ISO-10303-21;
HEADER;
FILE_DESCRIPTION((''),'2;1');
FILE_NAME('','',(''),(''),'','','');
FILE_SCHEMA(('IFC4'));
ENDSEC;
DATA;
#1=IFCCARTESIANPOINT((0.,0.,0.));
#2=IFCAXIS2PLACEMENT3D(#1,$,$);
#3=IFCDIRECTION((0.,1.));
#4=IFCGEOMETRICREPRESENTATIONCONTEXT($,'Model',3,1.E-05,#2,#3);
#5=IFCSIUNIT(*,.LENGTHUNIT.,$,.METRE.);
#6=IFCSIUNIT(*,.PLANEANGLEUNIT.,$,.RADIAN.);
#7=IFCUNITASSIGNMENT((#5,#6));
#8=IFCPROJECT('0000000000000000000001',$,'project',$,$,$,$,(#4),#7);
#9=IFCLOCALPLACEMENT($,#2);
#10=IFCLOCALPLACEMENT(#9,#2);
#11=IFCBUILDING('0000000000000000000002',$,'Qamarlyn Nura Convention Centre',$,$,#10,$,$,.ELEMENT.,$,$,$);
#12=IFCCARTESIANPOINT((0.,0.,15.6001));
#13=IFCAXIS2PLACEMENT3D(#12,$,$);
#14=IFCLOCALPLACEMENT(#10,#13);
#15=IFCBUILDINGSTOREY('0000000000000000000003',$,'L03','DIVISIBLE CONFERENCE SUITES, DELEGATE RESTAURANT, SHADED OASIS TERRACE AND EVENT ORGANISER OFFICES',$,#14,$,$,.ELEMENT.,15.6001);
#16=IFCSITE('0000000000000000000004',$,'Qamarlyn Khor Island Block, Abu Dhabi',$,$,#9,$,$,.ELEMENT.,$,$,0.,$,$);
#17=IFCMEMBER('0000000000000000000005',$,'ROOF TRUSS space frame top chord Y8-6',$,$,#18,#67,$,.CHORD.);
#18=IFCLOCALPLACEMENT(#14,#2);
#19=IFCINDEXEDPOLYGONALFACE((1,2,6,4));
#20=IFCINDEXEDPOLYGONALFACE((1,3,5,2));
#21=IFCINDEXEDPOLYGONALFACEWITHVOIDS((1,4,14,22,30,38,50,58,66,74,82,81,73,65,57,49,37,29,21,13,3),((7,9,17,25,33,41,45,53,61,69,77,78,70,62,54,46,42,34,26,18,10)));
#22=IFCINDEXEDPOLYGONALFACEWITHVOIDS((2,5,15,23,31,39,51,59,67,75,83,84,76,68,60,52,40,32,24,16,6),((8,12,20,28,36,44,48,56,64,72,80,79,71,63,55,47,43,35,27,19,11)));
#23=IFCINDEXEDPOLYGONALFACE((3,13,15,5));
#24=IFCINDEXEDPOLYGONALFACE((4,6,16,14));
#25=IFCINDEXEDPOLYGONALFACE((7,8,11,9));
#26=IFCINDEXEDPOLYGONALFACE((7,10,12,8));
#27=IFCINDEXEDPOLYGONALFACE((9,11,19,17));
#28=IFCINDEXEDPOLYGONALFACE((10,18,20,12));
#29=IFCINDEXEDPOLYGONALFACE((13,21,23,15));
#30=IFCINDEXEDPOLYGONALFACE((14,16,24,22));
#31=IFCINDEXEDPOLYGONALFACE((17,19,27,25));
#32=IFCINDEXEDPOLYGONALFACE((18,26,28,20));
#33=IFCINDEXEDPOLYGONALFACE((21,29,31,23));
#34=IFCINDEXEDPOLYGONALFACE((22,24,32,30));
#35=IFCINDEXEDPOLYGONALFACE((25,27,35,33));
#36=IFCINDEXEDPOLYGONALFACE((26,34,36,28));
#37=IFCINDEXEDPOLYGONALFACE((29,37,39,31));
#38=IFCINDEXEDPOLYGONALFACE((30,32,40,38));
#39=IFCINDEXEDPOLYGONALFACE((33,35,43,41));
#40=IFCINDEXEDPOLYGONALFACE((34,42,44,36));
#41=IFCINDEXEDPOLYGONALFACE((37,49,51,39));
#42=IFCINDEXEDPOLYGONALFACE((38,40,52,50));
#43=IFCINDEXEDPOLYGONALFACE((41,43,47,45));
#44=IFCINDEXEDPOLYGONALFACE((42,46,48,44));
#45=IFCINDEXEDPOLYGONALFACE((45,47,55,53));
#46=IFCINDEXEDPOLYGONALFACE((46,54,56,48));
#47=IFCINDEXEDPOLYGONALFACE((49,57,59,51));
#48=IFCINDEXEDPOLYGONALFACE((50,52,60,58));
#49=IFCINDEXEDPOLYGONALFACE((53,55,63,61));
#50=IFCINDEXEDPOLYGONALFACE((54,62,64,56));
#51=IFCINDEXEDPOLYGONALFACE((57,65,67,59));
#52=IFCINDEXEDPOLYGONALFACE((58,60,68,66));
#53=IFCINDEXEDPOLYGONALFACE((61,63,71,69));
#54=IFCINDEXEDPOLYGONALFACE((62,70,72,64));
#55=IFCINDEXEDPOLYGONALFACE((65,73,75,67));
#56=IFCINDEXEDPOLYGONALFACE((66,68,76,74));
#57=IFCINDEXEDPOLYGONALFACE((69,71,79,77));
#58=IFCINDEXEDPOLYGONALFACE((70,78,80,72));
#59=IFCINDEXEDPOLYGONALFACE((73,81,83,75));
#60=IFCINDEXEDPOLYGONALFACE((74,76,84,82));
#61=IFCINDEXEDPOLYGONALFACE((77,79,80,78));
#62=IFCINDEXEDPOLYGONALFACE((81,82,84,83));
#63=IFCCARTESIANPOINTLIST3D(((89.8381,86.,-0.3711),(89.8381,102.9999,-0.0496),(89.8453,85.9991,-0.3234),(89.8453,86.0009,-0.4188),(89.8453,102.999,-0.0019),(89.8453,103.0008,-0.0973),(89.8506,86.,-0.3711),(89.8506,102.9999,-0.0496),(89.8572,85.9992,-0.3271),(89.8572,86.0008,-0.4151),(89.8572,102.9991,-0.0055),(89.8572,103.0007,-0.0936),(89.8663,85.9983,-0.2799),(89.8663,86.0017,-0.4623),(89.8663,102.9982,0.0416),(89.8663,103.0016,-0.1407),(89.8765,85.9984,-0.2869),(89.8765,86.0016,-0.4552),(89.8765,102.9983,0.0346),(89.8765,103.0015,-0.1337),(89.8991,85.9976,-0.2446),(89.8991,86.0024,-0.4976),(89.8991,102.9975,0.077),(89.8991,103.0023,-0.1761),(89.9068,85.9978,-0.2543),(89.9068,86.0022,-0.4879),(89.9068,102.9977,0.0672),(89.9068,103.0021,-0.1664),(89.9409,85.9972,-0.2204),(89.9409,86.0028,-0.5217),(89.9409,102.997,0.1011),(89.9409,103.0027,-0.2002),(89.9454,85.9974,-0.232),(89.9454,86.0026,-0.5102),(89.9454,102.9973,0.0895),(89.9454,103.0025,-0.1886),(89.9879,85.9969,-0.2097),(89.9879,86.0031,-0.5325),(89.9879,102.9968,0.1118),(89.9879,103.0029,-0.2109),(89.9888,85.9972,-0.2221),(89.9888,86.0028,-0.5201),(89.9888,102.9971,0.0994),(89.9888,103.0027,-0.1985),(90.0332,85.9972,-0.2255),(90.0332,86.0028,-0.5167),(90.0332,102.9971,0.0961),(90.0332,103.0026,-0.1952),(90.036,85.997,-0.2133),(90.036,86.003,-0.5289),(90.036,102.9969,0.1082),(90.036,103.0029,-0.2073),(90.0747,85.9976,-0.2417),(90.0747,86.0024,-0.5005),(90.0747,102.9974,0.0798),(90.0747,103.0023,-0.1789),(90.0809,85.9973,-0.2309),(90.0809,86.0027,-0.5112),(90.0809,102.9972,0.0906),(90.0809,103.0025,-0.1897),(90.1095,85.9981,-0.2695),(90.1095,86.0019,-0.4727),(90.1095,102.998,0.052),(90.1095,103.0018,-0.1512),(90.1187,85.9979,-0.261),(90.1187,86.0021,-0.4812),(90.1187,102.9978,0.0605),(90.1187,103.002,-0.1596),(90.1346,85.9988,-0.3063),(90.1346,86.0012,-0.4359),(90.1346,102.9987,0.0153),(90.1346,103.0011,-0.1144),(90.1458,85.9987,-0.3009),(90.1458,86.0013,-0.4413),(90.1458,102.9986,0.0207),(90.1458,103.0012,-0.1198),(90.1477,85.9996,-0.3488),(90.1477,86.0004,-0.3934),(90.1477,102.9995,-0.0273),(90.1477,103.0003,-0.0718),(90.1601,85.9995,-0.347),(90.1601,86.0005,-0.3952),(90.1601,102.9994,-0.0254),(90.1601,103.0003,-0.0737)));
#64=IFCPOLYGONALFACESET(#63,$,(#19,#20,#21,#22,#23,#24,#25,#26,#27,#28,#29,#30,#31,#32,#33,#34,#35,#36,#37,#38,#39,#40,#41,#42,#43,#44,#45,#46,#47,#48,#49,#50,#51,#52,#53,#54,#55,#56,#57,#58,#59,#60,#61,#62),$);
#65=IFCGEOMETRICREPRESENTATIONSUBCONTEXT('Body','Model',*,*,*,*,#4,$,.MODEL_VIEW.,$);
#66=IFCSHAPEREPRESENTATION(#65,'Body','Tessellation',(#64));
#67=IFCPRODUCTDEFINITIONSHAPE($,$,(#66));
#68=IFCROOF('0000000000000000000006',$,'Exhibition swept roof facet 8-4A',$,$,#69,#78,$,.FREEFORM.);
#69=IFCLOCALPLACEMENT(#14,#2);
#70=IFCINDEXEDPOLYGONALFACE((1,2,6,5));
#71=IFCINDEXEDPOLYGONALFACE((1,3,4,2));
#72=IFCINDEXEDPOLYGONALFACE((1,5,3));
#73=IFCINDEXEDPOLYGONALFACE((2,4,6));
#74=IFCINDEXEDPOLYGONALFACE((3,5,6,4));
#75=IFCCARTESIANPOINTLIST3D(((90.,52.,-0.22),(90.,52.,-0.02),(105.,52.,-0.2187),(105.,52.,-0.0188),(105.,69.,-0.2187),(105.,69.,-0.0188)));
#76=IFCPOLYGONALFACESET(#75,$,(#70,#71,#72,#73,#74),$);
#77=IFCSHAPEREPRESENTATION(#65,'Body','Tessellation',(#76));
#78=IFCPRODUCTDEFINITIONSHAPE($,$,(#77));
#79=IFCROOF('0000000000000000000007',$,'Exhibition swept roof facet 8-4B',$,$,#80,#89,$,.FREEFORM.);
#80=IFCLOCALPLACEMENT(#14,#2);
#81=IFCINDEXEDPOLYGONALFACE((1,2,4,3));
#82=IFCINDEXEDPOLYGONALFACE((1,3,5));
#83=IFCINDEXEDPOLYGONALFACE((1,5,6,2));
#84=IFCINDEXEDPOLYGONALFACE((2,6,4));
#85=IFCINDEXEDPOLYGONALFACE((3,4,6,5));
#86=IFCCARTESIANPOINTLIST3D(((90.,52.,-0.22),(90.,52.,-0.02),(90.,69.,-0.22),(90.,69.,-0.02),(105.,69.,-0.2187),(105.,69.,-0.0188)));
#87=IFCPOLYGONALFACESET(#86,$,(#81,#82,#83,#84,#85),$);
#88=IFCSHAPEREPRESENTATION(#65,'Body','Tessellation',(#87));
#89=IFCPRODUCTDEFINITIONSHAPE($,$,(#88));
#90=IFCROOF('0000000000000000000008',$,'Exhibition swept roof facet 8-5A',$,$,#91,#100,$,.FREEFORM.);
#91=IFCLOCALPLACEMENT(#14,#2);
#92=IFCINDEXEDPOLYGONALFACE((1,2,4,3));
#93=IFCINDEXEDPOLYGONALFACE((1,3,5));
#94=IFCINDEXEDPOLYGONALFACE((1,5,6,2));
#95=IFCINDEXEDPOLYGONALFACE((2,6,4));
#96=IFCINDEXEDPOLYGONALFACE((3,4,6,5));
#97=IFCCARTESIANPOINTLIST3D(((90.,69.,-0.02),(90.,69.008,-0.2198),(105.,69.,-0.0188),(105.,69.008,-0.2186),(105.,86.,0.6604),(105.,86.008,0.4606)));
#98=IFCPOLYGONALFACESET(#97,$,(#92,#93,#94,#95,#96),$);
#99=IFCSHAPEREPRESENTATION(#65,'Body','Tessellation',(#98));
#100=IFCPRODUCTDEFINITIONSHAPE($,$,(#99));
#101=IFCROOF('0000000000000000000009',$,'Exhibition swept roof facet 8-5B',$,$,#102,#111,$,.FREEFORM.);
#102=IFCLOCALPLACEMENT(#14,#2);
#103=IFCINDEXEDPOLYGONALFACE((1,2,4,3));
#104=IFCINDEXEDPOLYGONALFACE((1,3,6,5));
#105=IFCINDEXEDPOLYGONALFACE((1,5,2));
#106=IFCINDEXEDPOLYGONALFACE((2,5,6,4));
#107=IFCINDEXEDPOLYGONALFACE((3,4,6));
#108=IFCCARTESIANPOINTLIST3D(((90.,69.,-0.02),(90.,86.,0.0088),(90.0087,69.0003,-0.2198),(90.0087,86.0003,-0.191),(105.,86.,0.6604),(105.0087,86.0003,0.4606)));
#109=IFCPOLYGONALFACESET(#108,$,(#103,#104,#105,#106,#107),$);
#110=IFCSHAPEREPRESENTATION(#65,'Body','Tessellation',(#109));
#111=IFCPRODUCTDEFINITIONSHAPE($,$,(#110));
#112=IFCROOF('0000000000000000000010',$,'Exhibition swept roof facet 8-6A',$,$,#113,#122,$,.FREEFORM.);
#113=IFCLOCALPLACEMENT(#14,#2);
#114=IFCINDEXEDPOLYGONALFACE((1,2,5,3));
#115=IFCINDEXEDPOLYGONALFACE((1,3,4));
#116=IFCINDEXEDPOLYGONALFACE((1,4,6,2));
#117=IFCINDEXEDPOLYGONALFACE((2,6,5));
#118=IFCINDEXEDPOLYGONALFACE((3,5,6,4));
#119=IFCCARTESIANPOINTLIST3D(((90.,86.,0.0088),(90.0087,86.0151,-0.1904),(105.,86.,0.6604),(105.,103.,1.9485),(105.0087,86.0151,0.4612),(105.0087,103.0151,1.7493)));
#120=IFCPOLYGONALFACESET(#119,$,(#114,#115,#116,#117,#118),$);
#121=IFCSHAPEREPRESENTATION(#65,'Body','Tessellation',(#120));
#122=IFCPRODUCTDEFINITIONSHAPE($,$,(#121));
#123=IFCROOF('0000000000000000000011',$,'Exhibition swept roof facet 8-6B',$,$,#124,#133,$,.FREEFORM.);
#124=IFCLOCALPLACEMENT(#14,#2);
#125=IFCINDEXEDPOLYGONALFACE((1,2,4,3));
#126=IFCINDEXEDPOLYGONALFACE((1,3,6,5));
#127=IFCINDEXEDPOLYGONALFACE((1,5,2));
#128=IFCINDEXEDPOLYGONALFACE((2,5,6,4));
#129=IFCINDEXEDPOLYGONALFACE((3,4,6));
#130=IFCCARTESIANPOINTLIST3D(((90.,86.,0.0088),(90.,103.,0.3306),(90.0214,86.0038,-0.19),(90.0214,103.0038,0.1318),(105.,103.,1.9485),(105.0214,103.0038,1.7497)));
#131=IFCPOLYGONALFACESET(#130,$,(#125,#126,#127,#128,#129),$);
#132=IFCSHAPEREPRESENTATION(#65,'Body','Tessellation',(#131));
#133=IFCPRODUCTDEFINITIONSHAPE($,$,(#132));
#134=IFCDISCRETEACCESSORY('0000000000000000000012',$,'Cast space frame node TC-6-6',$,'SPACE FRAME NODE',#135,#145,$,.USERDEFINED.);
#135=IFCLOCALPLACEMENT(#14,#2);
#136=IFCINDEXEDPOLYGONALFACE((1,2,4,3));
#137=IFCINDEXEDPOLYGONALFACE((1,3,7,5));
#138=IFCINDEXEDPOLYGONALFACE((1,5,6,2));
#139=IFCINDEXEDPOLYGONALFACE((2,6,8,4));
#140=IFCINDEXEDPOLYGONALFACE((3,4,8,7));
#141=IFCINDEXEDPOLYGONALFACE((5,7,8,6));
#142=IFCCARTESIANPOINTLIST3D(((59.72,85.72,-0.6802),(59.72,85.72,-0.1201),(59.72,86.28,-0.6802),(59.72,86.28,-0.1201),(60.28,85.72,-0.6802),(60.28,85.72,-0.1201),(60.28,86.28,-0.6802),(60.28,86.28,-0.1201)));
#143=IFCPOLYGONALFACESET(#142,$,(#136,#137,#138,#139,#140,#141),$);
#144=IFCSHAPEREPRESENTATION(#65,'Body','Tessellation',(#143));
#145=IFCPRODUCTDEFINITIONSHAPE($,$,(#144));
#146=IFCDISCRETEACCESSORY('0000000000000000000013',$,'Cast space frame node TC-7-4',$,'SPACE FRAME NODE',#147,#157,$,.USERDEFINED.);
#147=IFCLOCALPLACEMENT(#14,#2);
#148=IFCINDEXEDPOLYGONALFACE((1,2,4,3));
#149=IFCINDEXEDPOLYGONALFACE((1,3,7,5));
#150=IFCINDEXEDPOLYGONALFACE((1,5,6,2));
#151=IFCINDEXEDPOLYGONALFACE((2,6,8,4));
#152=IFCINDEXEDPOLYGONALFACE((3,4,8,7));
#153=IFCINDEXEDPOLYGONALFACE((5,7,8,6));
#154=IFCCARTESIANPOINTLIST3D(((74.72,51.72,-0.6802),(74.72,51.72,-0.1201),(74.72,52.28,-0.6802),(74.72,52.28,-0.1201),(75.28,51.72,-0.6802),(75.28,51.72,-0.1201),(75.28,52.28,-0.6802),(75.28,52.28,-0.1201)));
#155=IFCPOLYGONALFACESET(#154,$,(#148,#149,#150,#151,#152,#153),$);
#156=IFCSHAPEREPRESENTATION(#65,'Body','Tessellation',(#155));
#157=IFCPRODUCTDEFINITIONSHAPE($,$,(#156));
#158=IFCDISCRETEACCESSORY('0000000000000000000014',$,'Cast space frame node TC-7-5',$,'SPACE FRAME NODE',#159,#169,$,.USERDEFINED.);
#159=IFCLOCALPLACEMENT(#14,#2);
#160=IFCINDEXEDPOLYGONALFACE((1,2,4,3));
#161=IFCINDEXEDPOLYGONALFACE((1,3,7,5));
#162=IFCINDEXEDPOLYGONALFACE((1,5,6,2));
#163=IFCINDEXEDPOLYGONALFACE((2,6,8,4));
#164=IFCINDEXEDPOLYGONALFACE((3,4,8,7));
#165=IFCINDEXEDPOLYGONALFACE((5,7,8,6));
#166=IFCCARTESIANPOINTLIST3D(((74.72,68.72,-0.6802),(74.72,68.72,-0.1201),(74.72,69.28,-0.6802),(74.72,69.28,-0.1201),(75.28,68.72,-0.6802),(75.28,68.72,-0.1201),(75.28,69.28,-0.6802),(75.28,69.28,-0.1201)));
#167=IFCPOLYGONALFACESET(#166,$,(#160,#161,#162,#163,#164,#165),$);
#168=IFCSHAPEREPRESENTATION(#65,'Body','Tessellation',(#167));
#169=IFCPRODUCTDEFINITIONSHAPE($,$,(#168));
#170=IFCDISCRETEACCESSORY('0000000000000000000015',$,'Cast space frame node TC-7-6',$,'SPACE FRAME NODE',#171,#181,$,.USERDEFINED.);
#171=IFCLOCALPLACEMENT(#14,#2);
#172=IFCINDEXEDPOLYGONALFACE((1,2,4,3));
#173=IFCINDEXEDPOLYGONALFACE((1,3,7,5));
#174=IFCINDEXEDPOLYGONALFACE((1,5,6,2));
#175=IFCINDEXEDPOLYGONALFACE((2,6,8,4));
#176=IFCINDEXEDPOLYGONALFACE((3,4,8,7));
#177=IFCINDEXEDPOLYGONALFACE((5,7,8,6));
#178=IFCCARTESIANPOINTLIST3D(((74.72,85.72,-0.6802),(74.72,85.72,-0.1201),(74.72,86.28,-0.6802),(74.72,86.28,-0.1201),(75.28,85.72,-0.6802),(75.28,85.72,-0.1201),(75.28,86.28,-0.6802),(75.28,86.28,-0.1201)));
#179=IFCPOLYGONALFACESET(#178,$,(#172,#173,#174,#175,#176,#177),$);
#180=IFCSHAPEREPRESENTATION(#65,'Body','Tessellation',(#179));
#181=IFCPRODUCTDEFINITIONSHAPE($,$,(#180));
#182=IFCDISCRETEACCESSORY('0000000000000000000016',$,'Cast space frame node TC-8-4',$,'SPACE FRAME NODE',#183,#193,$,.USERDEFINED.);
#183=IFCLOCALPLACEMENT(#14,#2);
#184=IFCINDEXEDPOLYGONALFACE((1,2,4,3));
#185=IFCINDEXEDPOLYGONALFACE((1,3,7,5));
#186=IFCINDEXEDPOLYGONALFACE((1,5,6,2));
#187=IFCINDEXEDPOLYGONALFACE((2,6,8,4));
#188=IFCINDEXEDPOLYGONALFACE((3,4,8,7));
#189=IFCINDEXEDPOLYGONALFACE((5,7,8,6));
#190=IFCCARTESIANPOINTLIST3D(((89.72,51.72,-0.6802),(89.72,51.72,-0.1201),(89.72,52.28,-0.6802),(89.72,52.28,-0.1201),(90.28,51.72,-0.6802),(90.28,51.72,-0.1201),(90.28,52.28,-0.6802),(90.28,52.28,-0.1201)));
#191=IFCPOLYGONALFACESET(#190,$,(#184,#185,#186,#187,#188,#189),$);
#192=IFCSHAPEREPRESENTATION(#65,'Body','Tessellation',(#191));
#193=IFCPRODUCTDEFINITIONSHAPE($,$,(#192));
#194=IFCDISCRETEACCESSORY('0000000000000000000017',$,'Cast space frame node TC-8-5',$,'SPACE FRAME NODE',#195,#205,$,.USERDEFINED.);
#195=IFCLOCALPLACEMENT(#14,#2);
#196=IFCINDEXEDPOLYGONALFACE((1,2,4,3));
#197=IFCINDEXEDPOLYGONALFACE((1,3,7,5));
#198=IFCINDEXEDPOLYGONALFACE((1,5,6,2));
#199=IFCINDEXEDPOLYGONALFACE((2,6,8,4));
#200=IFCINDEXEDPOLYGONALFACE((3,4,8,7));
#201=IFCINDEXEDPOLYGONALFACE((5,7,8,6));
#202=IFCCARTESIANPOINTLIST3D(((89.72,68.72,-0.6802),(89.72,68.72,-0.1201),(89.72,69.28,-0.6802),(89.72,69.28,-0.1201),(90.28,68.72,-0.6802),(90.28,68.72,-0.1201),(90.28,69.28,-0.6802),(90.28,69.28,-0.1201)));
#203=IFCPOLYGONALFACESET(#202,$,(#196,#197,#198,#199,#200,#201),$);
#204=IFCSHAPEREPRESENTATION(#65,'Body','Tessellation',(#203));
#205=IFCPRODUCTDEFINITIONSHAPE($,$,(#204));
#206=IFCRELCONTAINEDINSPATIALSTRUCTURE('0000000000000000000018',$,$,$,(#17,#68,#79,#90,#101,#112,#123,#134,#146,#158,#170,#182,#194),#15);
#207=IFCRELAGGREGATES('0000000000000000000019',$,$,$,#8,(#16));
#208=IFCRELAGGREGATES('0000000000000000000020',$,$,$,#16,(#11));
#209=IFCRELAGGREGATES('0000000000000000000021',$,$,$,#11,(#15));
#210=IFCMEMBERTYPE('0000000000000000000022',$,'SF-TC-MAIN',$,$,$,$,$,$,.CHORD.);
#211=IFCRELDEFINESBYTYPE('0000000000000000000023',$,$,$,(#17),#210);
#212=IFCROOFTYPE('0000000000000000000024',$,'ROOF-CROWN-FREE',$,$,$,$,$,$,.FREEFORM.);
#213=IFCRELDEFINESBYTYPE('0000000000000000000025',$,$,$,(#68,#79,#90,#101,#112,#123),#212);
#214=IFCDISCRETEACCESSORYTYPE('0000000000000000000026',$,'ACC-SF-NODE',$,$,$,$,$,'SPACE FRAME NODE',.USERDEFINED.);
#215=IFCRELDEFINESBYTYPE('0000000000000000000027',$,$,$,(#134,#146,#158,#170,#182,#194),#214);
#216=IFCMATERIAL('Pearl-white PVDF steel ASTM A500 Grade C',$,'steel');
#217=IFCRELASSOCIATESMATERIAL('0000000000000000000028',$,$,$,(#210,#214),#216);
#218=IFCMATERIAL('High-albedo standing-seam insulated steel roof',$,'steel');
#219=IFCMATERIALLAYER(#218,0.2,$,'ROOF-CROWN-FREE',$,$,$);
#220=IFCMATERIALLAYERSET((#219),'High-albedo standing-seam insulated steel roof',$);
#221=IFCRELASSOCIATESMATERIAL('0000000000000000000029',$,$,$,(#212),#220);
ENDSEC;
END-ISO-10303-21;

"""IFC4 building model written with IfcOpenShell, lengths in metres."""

from ifc_helpers import new_model, si_unit, direction, frame, origin, origin_2d, place, context, subcontext, project, spatial, polyline, rectangle, hollow_circle, outline, extrude, material, layer, layer_set, material_profile, profile_set, type_object, element, save


model = new_model("IFC4")

# Units and contexts
model_context = context("Model", 3, precision=1e-05, world=origin(), true_north=direction((0.0, 1.0)))
body_context = subcontext(model_context, "Body", "Model", "MODEL_VIEW")
ifc_project = project(units=[si_unit("LENGTHUNIT", "METRE"), si_unit("PLANEANGLEUNIT", "RADIAN")], contexts=[model_context])

# Site, building, storey
site_placement = place(None, origin())
site = spatial("IfcSite", under=ifc_project, at=site_placement, Name="Qamarlyn Khor Island Block, Abu Dhabi", CompositionType="ELEMENT", RefElevation=0.0)
building_placement = place(site_placement, origin())
building = spatial("IfcBuilding", under=site, at=building_placement, Name="Qamarlyn Nura Convention Centre", CompositionType="ELEMENT")
storey_placement = place(building_placement, frame((0.0, 0.0, 15.6001)))
storey = spatial("IfcBuildingStorey", under=building, at=storey_placement, Name="L03", Description="DIVISIBLE CONFERENCE SUITES, DELEGATE RESTAURANT, SHADED OASIS TERRACE AND EVENT ORGANISER OFFICES", CompositionType="ELEMENT", Elevation=15.6001)

# Member
ifc_material_1 = material(Name="Pearl-white PVDF steel ASTM A500 Grade C", Category="steel")
ifc_material_profile = material_profile(ifc_material_1, hollow_circle(Radius=0.1619, WallThickness=0.0125, at=origin_2d()), Name="CHS323.9X12.5")
ifc_profile_set = profile_set([ifc_material_profile], Name="Pearl-white PVDF steel ASTM A500 Grade C")
member_type = type_object("IfcMemberType", Name="SF-TC-MAIN", PredefinedType="CHORD", material=ifc_profile_set)
member_1_placement = place(storey_placement, frame((90.0, 86.0, -0.3711), z_axis=(0.0, 0.999821, 0.01891), x_axis=(-1.0, 0.0, 0.0)))
element("IfcMember", 1, at=member_1_placement, inside=storey, type_object=member_type, Name="ROOF TRUSS space frame top chord Y8-6", PredefinedType="CHORD", context=body_context, shape_type="SweptSolid", body=[
    extrude(hollow_circle(Radius=0.1619, WallThickness=0.0125, at=origin_2d()), origin(), (0.0, 0.0, 1.0), 17.0029),
])

# Roofs
ifc_material_2 = material(Name="High-albedo standing-seam insulated steel roof", Category="steel")
ifc_layer = layer(ifc_material_2, 0.2, Name="ROOF-CROWN-FREE")
ifc_layer_set = layer_set([ifc_layer], Name="High-albedo standing-seam insulated steel roof")
roof_type = type_object("IfcRoofType", Name="ROOF-CROWN-FREE", PredefinedType="FREEFORM", material=ifc_layer_set)
roof_1_placement = place(storey_placement, frame((90.0, 52.0, -0.02), z_axis=(-0.000081, 0.0, 1.0), x_axis=(1.0, 0.0, 0.000081)))
element("IfcRoof", 2, at=roof_1_placement, inside=storey, type_object=roof_type, Name="Exhibition swept roof facet 8-4A", PredefinedType="FREEFORM", context=body_context, shape_type="SweptSolid", body=[
    extrude(outline(polyline([(0.0, 0.0), (15.0, 0.0), (15.0, 17.0), (0.0, 0.0)])), origin(), (0.0, 0.0, -1.0), 0.2),
])
roof_2_placement = place(storey_placement, frame((90.0, 52.0, -0.02), z_axis=(-0.000081, 0.0, 1.0), x_axis=(0.661622, 0.749838, 0.000054)))
element("IfcRoof", 3, at=roof_2_placement, inside=storey, type_object=roof_type, Name="Exhibition swept roof facet 8-4B", PredefinedType="FREEFORM", context=body_context, shape_type="SweptSolid", body=[
    extrude(outline(polyline([(0.0, 0.0), (22.6716, 0.0), (12.7472, 11.2476), (0.0, 0.0)])), origin(), (0.0, 0.0, -1.0), 0.2),
])
roof_3_placement = place(storey_placement, frame((90.0, 69.0, -0.02), z_axis=(-0.000081, -0.039921, 0.999203), x_axis=(1.0, 0.0, 0.000081)))
element("IfcRoof", 4, at=roof_3_placement, inside=storey, type_object=roof_type, Name="Exhibition swept roof facet 8-5A", PredefinedType="FREEFORM", context=body_context, shape_type="SweptSolid", body=[
    extrude(outline(polyline([(0.0, 0.0), (15.0, 0.0), (15.0001, 17.0136), (0.0, 0.0)])), origin(), (0.0, 0.0, -1.0), 0.2),
])
roof_4_placement = place(storey_placement, frame((90.0, 69.0, -0.02), z_axis=(-0.0434, -0.001693, 0.999056), x_axis=(0.661324, 0.7495, 0.029999)))
element("IfcRoof", 5, at=roof_4_placement, inside=storey, type_object=roof_type, Name="Exhibition swept roof facet 8-5B", PredefinedType="FREEFORM", context=body_context, shape_type="SweptSolid", body=[
    extrude(outline(polyline([(0.0, 0.0), (22.6818, 0.0), (12.7424, 11.2531), (0.0, 0.0)])), origin(), (0.0, 0.0, -1.0), 0.2),
])
roof_5_placement = place(storey_placement, frame((90.0, 86.0, 0.0088), z_axis=(-0.043276, -0.075482, 0.996208), x_axis=(0.999058, 0.0, 0.0434)))
element("IfcRoof", 6, at=roof_5_placement, inside=storey, type_object=roof_type, Name="Exhibition swept roof facet 8-6A", PredefinedType="FREEFORM", context=body_context, shape_type="SweptSolid", body=[
    extrude(outline(polyline([(0.0, 0.0), (15.0141, 0.0), (15.07, 17.0486), (0.0, 0.0)])), origin(), (0.0, 0.0, -1.0), 0.2),
])
roof_6_placement = place(storey_placement, frame((90.0, 86.0, 0.0088), z_axis=(-0.10722, -0.018816, 0.994057), x_axis=(0.659213, 0.747108, 0.085245)))
element("IfcRoof", 7, at=roof_6_placement, inside=storey, type_object=roof_type, Name="Exhibition swept roof facet 8-6B", PredefinedType="FREEFORM", context=body_context, shape_type="SweptSolid", body=[
    extrude(outline(polyline([(0.0, 0.0), (22.7544, 0.0), (12.7283, 11.2736), (0.0, 0.0)])), origin(), (0.0, 0.0, -1.0), 0.2),
])

# Discrete accessories
discrete_accessory_type = type_object("IfcDiscreteAccessoryType", Name="ACC-SF-NODE", ElementType="SPACE FRAME NODE", PredefinedType="USERDEFINED", material=ifc_material_1)
for number, where, z_axis, x_axis, name in (
    (8, (60.0, 86.0, -0.6802), (0.0, 0.0, 1.0), (1.0, 0.0, 0.0), "Cast space frame node TC-6-6"),
    (9, (75.0, 52.0, -0.6802), (0.0, 0.0, 1.0), (1.0, 0.0, 0.0), "Cast space frame node TC-7-4"),
    (10, (75.0, 69.0, -0.6802), (0.0, 0.0, 1.0), (1.0, 0.0, 0.0), "Cast space frame node TC-7-5"),
    (11, (75.0, 86.0, -0.6802), (0.0, 0.0, 1.0), (1.0, 0.0, 0.0), "Cast space frame node TC-7-6"),
    (12, (90.0, 52.0, -0.6802), (0.0, 0.0, 1.0), (1.0, 0.0, 0.0), "Cast space frame node TC-8-4"),
    (13, (90.0, 69.0, -0.6802), (0.0, 0.0, 1.0), (1.0, 0.0, 0.0), "Cast space frame node TC-8-5"),
):
    element("IfcDiscreteAccessory", number, at=place(storey_placement, frame(where, z_axis=z_axis, x_axis=x_axis)), inside=storey, type_object=discrete_accessory_type, Name=name, ObjectType="SPACE FRAME NODE", PredefinedType="USERDEFINED", context=body_context, shape_type="SweptSolid", body=[
        extrude(rectangle(XDim=0.5601, YDim=0.5601, at=origin_2d()), origin(), (0.0, 0.0, 1.0), 0.5601),
    ])

save(model, "model.ifc")
